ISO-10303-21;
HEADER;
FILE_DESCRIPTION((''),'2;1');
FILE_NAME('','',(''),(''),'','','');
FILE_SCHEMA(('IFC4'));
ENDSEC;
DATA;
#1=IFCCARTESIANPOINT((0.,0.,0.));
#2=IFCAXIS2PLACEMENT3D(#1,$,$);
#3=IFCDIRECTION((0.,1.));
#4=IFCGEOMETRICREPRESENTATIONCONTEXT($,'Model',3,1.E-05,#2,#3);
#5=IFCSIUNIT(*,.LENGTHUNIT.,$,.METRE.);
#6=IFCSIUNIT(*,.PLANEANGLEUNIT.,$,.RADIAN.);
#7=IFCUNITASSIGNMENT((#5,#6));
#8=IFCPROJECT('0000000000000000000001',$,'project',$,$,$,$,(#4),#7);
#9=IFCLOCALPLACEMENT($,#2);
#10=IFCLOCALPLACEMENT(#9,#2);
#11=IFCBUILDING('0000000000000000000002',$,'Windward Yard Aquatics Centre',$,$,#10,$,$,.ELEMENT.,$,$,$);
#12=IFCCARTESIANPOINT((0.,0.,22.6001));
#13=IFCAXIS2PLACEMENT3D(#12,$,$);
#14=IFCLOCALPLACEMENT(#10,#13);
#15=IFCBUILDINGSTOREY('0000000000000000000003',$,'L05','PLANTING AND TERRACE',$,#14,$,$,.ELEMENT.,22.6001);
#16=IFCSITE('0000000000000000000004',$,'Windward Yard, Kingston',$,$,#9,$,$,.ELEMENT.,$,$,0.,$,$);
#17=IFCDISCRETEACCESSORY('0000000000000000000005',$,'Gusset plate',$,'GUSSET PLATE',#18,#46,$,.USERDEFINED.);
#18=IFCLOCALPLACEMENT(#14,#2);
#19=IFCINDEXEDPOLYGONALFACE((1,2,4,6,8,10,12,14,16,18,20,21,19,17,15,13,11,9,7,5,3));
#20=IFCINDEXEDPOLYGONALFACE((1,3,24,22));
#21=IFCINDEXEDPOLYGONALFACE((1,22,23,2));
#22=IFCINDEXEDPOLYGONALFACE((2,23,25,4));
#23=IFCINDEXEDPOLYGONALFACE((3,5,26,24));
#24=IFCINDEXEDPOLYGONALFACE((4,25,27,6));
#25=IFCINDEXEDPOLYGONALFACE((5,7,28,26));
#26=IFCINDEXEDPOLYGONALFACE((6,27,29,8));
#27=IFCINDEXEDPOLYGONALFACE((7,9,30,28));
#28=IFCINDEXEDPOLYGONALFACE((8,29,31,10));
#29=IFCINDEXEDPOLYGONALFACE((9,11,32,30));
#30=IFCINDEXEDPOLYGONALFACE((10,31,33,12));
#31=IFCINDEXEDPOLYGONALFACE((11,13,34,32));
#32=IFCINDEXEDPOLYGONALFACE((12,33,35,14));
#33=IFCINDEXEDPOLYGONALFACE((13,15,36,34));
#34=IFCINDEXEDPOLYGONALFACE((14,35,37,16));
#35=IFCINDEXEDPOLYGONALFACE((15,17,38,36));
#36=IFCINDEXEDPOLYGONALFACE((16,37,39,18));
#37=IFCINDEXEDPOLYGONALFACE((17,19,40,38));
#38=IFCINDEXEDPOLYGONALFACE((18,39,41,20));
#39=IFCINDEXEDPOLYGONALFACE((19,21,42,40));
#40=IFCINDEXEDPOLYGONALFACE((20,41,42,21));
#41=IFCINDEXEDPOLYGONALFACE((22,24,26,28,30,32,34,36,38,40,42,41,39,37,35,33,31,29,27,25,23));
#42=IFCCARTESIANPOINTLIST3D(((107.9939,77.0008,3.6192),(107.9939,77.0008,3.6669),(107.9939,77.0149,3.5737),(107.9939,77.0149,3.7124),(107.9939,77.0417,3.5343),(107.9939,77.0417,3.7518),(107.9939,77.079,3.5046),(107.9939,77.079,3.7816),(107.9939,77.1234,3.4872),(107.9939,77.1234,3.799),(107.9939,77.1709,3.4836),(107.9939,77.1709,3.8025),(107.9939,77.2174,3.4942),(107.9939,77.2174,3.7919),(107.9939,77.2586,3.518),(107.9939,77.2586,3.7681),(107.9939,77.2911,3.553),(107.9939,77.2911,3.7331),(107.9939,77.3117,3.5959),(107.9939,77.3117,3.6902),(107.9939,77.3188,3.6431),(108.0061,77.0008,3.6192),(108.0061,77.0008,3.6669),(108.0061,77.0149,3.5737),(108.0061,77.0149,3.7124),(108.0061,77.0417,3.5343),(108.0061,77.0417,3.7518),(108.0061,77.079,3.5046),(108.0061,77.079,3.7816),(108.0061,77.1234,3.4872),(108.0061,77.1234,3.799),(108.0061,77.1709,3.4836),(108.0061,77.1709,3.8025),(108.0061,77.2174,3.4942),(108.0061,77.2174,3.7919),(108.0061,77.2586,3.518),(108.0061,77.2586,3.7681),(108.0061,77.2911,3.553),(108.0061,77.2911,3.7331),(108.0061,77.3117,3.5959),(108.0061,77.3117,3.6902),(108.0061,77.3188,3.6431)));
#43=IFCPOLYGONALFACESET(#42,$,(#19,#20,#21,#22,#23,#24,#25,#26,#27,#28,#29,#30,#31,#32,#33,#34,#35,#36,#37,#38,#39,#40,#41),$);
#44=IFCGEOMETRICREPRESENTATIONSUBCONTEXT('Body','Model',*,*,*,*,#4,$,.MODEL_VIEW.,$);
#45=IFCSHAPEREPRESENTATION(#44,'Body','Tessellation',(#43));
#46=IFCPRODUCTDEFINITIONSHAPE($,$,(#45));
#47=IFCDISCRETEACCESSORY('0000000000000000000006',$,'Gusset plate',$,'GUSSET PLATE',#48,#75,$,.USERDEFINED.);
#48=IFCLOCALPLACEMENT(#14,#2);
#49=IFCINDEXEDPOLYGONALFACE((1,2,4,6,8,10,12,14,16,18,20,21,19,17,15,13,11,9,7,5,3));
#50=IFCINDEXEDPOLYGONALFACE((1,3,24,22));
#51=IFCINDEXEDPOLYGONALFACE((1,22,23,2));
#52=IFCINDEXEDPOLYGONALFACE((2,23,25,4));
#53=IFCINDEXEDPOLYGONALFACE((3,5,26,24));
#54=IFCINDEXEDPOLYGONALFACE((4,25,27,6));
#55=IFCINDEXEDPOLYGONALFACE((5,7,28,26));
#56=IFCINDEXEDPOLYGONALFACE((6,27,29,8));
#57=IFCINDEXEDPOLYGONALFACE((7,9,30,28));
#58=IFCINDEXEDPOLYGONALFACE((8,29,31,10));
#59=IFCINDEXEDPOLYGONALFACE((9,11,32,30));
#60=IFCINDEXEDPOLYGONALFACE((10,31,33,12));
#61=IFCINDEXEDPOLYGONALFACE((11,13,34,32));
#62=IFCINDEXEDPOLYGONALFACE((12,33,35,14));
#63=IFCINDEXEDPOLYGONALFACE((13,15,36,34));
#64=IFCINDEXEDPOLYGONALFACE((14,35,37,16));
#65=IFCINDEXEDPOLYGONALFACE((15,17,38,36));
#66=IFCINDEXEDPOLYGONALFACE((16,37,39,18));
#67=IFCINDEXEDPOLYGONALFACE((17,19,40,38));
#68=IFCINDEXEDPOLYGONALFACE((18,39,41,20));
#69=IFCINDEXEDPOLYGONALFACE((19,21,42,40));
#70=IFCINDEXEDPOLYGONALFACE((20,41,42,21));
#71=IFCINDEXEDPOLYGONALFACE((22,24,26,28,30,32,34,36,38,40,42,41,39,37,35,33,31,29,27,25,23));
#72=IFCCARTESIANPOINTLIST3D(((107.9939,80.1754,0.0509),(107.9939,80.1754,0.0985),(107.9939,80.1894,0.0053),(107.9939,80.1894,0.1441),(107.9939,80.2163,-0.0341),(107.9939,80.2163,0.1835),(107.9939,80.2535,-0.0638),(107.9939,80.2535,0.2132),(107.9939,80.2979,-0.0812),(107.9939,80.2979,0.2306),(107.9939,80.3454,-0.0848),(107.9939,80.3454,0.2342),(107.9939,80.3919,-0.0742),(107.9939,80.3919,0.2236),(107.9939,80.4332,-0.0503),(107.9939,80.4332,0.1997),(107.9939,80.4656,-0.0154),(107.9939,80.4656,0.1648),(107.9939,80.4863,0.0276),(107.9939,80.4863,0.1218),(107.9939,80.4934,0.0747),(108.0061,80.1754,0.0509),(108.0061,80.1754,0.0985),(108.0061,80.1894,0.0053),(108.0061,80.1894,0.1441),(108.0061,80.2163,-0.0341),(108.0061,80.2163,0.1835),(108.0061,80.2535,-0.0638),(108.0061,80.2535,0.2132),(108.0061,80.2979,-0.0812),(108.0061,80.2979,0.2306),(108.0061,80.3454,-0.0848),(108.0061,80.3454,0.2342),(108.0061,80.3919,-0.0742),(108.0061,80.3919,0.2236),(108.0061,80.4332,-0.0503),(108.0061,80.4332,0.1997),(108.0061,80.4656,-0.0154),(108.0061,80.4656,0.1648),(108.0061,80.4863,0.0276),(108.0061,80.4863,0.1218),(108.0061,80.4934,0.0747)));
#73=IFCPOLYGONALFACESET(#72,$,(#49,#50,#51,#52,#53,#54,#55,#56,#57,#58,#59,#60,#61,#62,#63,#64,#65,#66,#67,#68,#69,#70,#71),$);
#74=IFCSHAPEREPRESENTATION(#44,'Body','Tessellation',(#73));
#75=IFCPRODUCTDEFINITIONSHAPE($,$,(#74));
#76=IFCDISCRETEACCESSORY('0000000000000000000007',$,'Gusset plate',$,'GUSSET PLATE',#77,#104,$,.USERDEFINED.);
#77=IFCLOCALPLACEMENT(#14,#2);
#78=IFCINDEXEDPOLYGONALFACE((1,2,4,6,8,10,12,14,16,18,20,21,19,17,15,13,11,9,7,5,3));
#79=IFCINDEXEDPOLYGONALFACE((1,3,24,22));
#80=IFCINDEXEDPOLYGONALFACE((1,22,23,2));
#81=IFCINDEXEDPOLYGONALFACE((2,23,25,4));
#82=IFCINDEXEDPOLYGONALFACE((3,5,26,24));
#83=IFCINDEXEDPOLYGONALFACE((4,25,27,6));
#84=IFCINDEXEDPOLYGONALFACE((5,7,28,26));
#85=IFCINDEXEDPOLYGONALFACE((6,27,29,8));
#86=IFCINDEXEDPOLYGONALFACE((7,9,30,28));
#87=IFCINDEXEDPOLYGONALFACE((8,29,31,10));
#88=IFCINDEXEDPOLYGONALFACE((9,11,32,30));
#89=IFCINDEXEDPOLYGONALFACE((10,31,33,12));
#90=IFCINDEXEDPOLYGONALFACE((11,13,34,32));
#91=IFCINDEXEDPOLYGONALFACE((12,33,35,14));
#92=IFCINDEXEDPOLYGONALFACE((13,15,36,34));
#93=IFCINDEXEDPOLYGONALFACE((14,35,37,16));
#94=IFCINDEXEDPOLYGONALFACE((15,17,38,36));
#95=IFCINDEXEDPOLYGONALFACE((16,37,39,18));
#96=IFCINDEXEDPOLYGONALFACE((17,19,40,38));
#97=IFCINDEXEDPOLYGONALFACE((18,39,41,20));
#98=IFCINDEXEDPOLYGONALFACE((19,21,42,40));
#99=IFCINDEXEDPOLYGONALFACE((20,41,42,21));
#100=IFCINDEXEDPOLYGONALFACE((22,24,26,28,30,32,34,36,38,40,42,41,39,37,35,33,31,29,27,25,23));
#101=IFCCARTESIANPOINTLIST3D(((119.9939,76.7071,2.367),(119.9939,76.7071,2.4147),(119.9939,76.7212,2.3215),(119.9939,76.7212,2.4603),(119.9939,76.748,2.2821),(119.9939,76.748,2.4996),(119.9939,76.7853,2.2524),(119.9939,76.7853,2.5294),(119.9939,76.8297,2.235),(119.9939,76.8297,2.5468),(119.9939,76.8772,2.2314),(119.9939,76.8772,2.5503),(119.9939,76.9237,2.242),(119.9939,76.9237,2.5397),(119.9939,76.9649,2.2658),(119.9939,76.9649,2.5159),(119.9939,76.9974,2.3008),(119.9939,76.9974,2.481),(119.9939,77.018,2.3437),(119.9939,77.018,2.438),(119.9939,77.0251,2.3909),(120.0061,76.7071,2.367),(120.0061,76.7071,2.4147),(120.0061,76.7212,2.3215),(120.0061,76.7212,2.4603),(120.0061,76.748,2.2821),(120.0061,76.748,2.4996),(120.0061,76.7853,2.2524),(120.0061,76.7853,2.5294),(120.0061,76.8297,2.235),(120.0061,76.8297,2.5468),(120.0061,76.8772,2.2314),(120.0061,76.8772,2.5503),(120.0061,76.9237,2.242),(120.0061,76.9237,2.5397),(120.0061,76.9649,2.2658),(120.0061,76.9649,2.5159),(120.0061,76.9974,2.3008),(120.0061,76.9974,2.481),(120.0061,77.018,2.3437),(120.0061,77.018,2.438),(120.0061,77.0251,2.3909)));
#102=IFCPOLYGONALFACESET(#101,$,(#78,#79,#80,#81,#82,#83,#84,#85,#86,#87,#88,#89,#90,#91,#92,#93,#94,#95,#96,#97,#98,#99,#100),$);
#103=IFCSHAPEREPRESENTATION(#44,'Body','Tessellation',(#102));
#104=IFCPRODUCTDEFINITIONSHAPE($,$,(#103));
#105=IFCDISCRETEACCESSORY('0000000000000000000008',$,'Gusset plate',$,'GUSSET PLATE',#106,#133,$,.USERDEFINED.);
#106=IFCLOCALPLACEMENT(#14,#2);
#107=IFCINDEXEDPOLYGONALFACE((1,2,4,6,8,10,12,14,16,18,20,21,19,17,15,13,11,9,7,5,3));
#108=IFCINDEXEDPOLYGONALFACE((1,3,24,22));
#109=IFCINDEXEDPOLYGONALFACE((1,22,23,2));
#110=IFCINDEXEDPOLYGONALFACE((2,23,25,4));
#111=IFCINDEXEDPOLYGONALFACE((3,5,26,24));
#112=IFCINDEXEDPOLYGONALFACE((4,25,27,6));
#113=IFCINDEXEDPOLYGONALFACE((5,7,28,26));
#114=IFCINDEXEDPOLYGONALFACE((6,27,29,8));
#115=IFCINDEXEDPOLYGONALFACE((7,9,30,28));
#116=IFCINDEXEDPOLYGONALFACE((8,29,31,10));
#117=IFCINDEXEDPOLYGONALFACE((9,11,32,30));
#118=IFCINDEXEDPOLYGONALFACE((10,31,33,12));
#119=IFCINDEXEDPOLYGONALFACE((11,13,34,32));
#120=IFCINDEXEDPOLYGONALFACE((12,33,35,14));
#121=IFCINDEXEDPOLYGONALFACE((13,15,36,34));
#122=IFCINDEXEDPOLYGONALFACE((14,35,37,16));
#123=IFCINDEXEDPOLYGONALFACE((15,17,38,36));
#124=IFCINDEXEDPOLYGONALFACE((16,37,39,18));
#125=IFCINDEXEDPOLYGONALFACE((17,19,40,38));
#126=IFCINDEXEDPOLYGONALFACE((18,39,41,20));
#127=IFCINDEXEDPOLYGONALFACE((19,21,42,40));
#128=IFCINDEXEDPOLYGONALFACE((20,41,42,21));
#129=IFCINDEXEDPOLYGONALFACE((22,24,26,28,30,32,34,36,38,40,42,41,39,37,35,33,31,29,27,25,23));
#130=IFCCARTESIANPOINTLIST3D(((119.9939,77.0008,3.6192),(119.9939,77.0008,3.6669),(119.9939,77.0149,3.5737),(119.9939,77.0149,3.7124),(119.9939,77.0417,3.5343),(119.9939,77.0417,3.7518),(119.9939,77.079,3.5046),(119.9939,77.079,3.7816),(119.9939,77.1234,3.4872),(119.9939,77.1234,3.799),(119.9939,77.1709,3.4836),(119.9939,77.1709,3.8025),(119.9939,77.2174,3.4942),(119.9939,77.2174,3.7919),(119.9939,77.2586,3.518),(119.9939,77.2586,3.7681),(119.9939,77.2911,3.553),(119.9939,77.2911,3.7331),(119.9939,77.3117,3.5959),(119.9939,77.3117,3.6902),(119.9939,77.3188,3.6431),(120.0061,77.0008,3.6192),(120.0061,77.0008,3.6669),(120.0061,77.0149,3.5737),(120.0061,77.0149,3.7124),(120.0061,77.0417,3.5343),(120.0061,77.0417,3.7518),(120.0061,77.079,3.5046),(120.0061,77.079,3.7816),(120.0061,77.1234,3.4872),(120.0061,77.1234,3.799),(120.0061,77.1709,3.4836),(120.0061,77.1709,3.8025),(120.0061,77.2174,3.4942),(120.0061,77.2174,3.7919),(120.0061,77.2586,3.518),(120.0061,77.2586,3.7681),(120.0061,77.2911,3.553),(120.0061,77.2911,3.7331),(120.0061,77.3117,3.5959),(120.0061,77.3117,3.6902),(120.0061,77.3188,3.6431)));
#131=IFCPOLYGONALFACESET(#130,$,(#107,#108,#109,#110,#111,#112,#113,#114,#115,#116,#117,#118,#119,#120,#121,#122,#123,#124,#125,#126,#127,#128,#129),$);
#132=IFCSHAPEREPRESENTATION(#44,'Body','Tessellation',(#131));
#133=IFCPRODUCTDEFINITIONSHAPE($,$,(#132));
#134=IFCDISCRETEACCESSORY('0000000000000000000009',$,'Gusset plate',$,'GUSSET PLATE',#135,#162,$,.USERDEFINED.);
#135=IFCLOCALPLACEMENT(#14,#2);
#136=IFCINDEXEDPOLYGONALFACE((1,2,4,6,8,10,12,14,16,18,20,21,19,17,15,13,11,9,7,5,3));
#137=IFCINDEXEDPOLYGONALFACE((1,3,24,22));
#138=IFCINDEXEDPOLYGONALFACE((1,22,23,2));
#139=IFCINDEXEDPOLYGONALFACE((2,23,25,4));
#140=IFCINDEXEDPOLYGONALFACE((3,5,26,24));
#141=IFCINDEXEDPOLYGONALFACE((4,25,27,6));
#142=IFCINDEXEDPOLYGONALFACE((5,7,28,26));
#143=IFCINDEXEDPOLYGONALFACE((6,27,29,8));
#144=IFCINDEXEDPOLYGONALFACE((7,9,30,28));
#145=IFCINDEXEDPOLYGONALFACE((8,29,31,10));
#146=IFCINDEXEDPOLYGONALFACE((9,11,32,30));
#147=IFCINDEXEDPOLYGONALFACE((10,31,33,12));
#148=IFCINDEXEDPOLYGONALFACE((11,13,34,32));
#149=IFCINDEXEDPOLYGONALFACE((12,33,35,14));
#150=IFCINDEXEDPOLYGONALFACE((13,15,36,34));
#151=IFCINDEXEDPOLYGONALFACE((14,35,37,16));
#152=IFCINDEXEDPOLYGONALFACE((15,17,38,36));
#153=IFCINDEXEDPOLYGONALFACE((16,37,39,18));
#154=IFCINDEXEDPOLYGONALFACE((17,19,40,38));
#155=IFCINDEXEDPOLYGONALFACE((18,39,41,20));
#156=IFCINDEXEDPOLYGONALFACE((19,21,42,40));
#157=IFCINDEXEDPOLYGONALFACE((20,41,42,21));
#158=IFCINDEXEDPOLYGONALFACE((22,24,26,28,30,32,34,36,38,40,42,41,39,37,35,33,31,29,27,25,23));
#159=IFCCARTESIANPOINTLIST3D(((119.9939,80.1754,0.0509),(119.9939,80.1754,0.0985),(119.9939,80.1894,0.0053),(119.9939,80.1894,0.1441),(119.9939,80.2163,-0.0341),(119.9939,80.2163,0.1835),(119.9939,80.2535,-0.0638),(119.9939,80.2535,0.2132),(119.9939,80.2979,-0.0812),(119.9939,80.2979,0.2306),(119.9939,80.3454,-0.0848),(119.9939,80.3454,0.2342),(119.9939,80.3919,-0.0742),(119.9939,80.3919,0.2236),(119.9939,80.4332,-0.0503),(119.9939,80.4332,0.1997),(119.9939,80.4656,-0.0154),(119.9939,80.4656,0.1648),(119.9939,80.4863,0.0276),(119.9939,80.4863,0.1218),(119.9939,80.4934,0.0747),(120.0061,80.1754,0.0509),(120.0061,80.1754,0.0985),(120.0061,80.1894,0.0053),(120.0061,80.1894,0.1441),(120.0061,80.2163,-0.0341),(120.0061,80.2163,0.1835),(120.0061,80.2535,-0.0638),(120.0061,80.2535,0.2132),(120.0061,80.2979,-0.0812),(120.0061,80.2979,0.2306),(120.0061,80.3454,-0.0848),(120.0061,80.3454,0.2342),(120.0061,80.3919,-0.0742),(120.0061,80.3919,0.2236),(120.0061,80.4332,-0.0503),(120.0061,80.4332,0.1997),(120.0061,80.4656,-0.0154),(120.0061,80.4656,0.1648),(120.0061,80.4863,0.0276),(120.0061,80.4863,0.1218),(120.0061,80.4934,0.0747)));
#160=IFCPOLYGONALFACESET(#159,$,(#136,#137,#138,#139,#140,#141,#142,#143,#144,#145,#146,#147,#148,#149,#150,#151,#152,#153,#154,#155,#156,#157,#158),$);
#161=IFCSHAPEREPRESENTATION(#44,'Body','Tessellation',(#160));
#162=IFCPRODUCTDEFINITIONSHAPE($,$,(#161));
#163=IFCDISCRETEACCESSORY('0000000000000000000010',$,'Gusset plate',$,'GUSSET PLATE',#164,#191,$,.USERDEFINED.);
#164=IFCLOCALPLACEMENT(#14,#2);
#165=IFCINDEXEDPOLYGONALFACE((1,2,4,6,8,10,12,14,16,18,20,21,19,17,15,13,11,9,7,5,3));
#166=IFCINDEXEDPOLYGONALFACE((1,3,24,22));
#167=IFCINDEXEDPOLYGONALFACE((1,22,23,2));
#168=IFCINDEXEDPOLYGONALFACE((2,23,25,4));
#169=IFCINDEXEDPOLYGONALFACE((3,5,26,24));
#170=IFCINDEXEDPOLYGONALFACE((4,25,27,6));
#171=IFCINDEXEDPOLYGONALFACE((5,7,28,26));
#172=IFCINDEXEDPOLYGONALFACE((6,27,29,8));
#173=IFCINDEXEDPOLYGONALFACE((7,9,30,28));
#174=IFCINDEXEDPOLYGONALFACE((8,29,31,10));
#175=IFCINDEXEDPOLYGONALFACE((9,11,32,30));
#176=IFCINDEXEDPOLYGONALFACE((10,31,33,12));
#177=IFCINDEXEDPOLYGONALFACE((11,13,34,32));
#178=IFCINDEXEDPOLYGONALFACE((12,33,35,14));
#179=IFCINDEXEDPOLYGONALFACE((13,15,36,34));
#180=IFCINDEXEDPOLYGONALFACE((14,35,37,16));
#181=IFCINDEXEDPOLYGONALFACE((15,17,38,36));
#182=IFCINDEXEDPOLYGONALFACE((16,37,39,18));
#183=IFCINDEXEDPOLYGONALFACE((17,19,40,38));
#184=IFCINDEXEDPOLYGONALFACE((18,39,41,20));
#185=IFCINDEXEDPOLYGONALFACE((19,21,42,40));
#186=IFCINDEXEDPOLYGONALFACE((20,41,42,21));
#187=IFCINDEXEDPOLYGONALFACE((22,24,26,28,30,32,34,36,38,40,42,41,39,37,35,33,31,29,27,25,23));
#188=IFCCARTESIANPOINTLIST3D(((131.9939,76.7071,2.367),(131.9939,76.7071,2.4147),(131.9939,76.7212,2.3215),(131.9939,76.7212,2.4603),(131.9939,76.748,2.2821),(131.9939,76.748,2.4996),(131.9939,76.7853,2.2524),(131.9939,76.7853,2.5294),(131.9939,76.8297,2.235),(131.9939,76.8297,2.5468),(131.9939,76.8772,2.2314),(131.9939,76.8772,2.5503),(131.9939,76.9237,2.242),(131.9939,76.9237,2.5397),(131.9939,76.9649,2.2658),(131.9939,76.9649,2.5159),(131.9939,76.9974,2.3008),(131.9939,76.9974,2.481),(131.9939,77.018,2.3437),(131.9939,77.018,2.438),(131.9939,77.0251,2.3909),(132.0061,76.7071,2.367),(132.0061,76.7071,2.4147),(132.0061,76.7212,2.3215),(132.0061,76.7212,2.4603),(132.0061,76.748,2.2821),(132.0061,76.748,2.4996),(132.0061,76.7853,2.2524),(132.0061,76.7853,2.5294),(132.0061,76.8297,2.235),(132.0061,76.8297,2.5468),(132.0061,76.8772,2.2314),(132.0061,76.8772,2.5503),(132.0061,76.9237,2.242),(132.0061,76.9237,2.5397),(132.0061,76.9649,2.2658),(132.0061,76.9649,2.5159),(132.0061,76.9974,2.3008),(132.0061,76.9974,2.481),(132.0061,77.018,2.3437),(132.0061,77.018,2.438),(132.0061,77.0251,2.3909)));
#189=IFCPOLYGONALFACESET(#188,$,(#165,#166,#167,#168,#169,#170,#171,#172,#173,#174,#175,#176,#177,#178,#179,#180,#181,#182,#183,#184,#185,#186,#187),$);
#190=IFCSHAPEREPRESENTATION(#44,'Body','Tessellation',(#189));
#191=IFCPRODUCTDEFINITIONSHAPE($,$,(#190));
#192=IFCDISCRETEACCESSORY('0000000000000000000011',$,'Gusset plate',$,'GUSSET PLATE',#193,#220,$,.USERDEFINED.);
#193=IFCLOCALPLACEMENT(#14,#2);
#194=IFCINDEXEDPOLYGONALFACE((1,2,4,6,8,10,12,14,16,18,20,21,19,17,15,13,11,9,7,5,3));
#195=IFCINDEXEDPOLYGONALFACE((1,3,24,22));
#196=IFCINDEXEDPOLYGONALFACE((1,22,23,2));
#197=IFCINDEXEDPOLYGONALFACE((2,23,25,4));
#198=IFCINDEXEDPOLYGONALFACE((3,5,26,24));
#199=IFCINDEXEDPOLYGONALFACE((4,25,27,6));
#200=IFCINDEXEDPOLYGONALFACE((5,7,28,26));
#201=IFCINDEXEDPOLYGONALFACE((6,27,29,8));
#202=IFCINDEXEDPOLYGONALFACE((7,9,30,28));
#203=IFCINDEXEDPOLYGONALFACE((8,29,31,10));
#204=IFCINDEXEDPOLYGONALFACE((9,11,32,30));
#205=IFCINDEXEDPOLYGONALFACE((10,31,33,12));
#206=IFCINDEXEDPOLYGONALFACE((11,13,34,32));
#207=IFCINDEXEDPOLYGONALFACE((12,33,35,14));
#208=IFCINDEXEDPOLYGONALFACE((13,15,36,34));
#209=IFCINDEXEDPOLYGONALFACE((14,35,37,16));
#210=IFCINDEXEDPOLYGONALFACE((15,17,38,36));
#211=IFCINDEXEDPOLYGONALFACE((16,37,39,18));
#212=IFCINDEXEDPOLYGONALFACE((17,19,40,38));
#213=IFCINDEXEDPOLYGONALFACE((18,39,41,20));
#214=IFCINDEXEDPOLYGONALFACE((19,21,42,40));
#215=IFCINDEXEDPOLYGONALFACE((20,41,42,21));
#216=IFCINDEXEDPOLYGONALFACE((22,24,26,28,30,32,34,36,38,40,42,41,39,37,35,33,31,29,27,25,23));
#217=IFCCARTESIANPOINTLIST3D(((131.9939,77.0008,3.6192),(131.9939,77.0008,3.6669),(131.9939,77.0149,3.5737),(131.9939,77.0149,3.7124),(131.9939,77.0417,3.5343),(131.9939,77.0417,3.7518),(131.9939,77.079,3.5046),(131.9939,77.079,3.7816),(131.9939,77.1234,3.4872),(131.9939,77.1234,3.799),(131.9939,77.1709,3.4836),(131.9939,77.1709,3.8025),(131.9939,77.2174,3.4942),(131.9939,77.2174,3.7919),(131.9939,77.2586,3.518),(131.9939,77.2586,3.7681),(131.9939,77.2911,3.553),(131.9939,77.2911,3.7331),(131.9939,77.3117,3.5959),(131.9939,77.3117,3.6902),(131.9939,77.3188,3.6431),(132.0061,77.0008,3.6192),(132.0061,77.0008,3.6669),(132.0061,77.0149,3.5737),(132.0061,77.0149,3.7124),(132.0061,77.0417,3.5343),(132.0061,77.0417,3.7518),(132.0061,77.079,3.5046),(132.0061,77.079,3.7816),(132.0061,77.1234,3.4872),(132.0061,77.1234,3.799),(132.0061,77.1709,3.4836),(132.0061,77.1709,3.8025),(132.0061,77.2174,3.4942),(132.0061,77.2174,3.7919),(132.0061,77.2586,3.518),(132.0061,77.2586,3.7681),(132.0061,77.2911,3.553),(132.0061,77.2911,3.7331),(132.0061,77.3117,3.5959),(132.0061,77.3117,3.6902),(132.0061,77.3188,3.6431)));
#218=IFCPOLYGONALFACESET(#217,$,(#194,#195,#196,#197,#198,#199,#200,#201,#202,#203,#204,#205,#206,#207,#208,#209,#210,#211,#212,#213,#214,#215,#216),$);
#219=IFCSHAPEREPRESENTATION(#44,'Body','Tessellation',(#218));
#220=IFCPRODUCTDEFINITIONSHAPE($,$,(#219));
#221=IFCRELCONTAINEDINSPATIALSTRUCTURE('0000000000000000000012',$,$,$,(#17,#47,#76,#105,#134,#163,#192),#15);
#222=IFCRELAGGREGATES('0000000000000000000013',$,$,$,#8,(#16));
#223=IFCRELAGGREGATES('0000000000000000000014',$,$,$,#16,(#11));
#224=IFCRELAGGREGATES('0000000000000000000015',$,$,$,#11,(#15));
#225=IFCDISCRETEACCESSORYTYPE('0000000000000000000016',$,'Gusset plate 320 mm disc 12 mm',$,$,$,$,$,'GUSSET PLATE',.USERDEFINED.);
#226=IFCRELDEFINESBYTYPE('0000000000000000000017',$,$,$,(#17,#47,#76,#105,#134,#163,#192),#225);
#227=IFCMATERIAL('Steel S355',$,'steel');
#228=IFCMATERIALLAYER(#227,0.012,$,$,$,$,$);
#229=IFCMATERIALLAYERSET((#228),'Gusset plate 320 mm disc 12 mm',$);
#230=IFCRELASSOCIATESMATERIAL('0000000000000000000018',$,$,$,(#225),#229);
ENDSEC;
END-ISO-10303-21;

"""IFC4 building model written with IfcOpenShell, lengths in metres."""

from ifc_helpers import new_model, si_unit, direction, frame, origin, origin_2d, place, context, subcontext, project, spatial, circle, extrude, material, layer, layer_set, type_object, element, save


model = new_model("IFC4")

# Units and contexts
model_context = context("Model", 3, precision=1e-05, world=origin(), true_north=direction((0.0, 1.0)))
body_context = subcontext(model_context, "Body", "Model", "MODEL_VIEW")
ifc_project = project(units=[si_unit("LENGTHUNIT", "METRE"), si_unit("PLANEANGLEUNIT", "RADIAN")], contexts=[model_context])

# Site, building, storey
site_placement = place(None, origin())
site = spatial("IfcSite", under=ifc_project, at=site_placement, Name="Windward Yard, Kingston", CompositionType="ELEMENT", RefElevation=0.0)
building_placement = place(site_placement, origin())
building = spatial("IfcBuilding", under=site, at=building_placement, Name="Windward Yard Aquatics Centre", CompositionType="ELEMENT")
storey_placement = place(building_placement, frame((0.0, 0.0, 22.6001)))
storey = spatial("IfcBuildingStorey", under=building, at=storey_placement, Name="L05", Description="PLANTING AND TERRACE", CompositionType="ELEMENT", Elevation=22.6001)

# Discrete accessories
ifc_material_1 = material(Name="Steel S355", Category="steel")
ifc_layer = layer(ifc_material_1, 0.012)
ifc_layer_set = layer_set([ifc_layer], Name="Gusset plate 320 mm disc 12 mm")
discrete_accessory_type = type_object("IfcDiscreteAccessoryType", Name="Gusset plate 320 mm disc 12 mm", ElementType="GUSSET PLATE", PredefinedType="USERDEFINED", material=ifc_layer_set)
for number, where, z_axis, x_axis, name in (
    (1, (107.9939, 77.1589, 3.6431), (1.0, 0.0, 0.0), (0.0, 1.0, 0.0), "Gusset plate"),
    (2, (107.9939, 80.3335, 0.0747), (1.0, 0.0, 0.0), (0.0, 1.0, 0.0), "Gusset plate"),
    (3, (119.9939, 76.8652, 2.3909), (1.0, 0.0, 0.0), (0.0, 1.0, 0.0), "Gusset plate"),
    (4, (119.9939, 77.1589, 3.6431), (1.0, 0.0, 0.0), (0.0, 1.0, 0.0), "Gusset plate"),
    (5, (119.9939, 80.3335, 0.0747), (1.0, 0.0, 0.0), (0.0, 1.0, 0.0), "Gusset plate"),
    (6, (131.9939, 76.8652, 2.3909), (1.0, 0.0, 0.0), (0.0, 1.0, 0.0), "Gusset plate"),
    (7, (131.9939, 77.1589, 3.6431), (1.0, 0.0, 0.0), (0.0, 1.0, 0.0), "Gusset plate"),
):
    element("IfcDiscreteAccessory", number, at=place(storey_placement, frame(where, z_axis=z_axis, x_axis=x_axis)), inside=storey, type_object=discrete_accessory_type, Name=name, ObjectType="GUSSET PLATE", PredefinedType="USERDEFINED", context=body_context, shape_type="SweptSolid", body=[
        extrude(circle(Radius=0.1599, at=origin_2d()), origin(), (0.0, 0.0, 1.0), 0.0122),
    ])

save(model, "model.ifc")
